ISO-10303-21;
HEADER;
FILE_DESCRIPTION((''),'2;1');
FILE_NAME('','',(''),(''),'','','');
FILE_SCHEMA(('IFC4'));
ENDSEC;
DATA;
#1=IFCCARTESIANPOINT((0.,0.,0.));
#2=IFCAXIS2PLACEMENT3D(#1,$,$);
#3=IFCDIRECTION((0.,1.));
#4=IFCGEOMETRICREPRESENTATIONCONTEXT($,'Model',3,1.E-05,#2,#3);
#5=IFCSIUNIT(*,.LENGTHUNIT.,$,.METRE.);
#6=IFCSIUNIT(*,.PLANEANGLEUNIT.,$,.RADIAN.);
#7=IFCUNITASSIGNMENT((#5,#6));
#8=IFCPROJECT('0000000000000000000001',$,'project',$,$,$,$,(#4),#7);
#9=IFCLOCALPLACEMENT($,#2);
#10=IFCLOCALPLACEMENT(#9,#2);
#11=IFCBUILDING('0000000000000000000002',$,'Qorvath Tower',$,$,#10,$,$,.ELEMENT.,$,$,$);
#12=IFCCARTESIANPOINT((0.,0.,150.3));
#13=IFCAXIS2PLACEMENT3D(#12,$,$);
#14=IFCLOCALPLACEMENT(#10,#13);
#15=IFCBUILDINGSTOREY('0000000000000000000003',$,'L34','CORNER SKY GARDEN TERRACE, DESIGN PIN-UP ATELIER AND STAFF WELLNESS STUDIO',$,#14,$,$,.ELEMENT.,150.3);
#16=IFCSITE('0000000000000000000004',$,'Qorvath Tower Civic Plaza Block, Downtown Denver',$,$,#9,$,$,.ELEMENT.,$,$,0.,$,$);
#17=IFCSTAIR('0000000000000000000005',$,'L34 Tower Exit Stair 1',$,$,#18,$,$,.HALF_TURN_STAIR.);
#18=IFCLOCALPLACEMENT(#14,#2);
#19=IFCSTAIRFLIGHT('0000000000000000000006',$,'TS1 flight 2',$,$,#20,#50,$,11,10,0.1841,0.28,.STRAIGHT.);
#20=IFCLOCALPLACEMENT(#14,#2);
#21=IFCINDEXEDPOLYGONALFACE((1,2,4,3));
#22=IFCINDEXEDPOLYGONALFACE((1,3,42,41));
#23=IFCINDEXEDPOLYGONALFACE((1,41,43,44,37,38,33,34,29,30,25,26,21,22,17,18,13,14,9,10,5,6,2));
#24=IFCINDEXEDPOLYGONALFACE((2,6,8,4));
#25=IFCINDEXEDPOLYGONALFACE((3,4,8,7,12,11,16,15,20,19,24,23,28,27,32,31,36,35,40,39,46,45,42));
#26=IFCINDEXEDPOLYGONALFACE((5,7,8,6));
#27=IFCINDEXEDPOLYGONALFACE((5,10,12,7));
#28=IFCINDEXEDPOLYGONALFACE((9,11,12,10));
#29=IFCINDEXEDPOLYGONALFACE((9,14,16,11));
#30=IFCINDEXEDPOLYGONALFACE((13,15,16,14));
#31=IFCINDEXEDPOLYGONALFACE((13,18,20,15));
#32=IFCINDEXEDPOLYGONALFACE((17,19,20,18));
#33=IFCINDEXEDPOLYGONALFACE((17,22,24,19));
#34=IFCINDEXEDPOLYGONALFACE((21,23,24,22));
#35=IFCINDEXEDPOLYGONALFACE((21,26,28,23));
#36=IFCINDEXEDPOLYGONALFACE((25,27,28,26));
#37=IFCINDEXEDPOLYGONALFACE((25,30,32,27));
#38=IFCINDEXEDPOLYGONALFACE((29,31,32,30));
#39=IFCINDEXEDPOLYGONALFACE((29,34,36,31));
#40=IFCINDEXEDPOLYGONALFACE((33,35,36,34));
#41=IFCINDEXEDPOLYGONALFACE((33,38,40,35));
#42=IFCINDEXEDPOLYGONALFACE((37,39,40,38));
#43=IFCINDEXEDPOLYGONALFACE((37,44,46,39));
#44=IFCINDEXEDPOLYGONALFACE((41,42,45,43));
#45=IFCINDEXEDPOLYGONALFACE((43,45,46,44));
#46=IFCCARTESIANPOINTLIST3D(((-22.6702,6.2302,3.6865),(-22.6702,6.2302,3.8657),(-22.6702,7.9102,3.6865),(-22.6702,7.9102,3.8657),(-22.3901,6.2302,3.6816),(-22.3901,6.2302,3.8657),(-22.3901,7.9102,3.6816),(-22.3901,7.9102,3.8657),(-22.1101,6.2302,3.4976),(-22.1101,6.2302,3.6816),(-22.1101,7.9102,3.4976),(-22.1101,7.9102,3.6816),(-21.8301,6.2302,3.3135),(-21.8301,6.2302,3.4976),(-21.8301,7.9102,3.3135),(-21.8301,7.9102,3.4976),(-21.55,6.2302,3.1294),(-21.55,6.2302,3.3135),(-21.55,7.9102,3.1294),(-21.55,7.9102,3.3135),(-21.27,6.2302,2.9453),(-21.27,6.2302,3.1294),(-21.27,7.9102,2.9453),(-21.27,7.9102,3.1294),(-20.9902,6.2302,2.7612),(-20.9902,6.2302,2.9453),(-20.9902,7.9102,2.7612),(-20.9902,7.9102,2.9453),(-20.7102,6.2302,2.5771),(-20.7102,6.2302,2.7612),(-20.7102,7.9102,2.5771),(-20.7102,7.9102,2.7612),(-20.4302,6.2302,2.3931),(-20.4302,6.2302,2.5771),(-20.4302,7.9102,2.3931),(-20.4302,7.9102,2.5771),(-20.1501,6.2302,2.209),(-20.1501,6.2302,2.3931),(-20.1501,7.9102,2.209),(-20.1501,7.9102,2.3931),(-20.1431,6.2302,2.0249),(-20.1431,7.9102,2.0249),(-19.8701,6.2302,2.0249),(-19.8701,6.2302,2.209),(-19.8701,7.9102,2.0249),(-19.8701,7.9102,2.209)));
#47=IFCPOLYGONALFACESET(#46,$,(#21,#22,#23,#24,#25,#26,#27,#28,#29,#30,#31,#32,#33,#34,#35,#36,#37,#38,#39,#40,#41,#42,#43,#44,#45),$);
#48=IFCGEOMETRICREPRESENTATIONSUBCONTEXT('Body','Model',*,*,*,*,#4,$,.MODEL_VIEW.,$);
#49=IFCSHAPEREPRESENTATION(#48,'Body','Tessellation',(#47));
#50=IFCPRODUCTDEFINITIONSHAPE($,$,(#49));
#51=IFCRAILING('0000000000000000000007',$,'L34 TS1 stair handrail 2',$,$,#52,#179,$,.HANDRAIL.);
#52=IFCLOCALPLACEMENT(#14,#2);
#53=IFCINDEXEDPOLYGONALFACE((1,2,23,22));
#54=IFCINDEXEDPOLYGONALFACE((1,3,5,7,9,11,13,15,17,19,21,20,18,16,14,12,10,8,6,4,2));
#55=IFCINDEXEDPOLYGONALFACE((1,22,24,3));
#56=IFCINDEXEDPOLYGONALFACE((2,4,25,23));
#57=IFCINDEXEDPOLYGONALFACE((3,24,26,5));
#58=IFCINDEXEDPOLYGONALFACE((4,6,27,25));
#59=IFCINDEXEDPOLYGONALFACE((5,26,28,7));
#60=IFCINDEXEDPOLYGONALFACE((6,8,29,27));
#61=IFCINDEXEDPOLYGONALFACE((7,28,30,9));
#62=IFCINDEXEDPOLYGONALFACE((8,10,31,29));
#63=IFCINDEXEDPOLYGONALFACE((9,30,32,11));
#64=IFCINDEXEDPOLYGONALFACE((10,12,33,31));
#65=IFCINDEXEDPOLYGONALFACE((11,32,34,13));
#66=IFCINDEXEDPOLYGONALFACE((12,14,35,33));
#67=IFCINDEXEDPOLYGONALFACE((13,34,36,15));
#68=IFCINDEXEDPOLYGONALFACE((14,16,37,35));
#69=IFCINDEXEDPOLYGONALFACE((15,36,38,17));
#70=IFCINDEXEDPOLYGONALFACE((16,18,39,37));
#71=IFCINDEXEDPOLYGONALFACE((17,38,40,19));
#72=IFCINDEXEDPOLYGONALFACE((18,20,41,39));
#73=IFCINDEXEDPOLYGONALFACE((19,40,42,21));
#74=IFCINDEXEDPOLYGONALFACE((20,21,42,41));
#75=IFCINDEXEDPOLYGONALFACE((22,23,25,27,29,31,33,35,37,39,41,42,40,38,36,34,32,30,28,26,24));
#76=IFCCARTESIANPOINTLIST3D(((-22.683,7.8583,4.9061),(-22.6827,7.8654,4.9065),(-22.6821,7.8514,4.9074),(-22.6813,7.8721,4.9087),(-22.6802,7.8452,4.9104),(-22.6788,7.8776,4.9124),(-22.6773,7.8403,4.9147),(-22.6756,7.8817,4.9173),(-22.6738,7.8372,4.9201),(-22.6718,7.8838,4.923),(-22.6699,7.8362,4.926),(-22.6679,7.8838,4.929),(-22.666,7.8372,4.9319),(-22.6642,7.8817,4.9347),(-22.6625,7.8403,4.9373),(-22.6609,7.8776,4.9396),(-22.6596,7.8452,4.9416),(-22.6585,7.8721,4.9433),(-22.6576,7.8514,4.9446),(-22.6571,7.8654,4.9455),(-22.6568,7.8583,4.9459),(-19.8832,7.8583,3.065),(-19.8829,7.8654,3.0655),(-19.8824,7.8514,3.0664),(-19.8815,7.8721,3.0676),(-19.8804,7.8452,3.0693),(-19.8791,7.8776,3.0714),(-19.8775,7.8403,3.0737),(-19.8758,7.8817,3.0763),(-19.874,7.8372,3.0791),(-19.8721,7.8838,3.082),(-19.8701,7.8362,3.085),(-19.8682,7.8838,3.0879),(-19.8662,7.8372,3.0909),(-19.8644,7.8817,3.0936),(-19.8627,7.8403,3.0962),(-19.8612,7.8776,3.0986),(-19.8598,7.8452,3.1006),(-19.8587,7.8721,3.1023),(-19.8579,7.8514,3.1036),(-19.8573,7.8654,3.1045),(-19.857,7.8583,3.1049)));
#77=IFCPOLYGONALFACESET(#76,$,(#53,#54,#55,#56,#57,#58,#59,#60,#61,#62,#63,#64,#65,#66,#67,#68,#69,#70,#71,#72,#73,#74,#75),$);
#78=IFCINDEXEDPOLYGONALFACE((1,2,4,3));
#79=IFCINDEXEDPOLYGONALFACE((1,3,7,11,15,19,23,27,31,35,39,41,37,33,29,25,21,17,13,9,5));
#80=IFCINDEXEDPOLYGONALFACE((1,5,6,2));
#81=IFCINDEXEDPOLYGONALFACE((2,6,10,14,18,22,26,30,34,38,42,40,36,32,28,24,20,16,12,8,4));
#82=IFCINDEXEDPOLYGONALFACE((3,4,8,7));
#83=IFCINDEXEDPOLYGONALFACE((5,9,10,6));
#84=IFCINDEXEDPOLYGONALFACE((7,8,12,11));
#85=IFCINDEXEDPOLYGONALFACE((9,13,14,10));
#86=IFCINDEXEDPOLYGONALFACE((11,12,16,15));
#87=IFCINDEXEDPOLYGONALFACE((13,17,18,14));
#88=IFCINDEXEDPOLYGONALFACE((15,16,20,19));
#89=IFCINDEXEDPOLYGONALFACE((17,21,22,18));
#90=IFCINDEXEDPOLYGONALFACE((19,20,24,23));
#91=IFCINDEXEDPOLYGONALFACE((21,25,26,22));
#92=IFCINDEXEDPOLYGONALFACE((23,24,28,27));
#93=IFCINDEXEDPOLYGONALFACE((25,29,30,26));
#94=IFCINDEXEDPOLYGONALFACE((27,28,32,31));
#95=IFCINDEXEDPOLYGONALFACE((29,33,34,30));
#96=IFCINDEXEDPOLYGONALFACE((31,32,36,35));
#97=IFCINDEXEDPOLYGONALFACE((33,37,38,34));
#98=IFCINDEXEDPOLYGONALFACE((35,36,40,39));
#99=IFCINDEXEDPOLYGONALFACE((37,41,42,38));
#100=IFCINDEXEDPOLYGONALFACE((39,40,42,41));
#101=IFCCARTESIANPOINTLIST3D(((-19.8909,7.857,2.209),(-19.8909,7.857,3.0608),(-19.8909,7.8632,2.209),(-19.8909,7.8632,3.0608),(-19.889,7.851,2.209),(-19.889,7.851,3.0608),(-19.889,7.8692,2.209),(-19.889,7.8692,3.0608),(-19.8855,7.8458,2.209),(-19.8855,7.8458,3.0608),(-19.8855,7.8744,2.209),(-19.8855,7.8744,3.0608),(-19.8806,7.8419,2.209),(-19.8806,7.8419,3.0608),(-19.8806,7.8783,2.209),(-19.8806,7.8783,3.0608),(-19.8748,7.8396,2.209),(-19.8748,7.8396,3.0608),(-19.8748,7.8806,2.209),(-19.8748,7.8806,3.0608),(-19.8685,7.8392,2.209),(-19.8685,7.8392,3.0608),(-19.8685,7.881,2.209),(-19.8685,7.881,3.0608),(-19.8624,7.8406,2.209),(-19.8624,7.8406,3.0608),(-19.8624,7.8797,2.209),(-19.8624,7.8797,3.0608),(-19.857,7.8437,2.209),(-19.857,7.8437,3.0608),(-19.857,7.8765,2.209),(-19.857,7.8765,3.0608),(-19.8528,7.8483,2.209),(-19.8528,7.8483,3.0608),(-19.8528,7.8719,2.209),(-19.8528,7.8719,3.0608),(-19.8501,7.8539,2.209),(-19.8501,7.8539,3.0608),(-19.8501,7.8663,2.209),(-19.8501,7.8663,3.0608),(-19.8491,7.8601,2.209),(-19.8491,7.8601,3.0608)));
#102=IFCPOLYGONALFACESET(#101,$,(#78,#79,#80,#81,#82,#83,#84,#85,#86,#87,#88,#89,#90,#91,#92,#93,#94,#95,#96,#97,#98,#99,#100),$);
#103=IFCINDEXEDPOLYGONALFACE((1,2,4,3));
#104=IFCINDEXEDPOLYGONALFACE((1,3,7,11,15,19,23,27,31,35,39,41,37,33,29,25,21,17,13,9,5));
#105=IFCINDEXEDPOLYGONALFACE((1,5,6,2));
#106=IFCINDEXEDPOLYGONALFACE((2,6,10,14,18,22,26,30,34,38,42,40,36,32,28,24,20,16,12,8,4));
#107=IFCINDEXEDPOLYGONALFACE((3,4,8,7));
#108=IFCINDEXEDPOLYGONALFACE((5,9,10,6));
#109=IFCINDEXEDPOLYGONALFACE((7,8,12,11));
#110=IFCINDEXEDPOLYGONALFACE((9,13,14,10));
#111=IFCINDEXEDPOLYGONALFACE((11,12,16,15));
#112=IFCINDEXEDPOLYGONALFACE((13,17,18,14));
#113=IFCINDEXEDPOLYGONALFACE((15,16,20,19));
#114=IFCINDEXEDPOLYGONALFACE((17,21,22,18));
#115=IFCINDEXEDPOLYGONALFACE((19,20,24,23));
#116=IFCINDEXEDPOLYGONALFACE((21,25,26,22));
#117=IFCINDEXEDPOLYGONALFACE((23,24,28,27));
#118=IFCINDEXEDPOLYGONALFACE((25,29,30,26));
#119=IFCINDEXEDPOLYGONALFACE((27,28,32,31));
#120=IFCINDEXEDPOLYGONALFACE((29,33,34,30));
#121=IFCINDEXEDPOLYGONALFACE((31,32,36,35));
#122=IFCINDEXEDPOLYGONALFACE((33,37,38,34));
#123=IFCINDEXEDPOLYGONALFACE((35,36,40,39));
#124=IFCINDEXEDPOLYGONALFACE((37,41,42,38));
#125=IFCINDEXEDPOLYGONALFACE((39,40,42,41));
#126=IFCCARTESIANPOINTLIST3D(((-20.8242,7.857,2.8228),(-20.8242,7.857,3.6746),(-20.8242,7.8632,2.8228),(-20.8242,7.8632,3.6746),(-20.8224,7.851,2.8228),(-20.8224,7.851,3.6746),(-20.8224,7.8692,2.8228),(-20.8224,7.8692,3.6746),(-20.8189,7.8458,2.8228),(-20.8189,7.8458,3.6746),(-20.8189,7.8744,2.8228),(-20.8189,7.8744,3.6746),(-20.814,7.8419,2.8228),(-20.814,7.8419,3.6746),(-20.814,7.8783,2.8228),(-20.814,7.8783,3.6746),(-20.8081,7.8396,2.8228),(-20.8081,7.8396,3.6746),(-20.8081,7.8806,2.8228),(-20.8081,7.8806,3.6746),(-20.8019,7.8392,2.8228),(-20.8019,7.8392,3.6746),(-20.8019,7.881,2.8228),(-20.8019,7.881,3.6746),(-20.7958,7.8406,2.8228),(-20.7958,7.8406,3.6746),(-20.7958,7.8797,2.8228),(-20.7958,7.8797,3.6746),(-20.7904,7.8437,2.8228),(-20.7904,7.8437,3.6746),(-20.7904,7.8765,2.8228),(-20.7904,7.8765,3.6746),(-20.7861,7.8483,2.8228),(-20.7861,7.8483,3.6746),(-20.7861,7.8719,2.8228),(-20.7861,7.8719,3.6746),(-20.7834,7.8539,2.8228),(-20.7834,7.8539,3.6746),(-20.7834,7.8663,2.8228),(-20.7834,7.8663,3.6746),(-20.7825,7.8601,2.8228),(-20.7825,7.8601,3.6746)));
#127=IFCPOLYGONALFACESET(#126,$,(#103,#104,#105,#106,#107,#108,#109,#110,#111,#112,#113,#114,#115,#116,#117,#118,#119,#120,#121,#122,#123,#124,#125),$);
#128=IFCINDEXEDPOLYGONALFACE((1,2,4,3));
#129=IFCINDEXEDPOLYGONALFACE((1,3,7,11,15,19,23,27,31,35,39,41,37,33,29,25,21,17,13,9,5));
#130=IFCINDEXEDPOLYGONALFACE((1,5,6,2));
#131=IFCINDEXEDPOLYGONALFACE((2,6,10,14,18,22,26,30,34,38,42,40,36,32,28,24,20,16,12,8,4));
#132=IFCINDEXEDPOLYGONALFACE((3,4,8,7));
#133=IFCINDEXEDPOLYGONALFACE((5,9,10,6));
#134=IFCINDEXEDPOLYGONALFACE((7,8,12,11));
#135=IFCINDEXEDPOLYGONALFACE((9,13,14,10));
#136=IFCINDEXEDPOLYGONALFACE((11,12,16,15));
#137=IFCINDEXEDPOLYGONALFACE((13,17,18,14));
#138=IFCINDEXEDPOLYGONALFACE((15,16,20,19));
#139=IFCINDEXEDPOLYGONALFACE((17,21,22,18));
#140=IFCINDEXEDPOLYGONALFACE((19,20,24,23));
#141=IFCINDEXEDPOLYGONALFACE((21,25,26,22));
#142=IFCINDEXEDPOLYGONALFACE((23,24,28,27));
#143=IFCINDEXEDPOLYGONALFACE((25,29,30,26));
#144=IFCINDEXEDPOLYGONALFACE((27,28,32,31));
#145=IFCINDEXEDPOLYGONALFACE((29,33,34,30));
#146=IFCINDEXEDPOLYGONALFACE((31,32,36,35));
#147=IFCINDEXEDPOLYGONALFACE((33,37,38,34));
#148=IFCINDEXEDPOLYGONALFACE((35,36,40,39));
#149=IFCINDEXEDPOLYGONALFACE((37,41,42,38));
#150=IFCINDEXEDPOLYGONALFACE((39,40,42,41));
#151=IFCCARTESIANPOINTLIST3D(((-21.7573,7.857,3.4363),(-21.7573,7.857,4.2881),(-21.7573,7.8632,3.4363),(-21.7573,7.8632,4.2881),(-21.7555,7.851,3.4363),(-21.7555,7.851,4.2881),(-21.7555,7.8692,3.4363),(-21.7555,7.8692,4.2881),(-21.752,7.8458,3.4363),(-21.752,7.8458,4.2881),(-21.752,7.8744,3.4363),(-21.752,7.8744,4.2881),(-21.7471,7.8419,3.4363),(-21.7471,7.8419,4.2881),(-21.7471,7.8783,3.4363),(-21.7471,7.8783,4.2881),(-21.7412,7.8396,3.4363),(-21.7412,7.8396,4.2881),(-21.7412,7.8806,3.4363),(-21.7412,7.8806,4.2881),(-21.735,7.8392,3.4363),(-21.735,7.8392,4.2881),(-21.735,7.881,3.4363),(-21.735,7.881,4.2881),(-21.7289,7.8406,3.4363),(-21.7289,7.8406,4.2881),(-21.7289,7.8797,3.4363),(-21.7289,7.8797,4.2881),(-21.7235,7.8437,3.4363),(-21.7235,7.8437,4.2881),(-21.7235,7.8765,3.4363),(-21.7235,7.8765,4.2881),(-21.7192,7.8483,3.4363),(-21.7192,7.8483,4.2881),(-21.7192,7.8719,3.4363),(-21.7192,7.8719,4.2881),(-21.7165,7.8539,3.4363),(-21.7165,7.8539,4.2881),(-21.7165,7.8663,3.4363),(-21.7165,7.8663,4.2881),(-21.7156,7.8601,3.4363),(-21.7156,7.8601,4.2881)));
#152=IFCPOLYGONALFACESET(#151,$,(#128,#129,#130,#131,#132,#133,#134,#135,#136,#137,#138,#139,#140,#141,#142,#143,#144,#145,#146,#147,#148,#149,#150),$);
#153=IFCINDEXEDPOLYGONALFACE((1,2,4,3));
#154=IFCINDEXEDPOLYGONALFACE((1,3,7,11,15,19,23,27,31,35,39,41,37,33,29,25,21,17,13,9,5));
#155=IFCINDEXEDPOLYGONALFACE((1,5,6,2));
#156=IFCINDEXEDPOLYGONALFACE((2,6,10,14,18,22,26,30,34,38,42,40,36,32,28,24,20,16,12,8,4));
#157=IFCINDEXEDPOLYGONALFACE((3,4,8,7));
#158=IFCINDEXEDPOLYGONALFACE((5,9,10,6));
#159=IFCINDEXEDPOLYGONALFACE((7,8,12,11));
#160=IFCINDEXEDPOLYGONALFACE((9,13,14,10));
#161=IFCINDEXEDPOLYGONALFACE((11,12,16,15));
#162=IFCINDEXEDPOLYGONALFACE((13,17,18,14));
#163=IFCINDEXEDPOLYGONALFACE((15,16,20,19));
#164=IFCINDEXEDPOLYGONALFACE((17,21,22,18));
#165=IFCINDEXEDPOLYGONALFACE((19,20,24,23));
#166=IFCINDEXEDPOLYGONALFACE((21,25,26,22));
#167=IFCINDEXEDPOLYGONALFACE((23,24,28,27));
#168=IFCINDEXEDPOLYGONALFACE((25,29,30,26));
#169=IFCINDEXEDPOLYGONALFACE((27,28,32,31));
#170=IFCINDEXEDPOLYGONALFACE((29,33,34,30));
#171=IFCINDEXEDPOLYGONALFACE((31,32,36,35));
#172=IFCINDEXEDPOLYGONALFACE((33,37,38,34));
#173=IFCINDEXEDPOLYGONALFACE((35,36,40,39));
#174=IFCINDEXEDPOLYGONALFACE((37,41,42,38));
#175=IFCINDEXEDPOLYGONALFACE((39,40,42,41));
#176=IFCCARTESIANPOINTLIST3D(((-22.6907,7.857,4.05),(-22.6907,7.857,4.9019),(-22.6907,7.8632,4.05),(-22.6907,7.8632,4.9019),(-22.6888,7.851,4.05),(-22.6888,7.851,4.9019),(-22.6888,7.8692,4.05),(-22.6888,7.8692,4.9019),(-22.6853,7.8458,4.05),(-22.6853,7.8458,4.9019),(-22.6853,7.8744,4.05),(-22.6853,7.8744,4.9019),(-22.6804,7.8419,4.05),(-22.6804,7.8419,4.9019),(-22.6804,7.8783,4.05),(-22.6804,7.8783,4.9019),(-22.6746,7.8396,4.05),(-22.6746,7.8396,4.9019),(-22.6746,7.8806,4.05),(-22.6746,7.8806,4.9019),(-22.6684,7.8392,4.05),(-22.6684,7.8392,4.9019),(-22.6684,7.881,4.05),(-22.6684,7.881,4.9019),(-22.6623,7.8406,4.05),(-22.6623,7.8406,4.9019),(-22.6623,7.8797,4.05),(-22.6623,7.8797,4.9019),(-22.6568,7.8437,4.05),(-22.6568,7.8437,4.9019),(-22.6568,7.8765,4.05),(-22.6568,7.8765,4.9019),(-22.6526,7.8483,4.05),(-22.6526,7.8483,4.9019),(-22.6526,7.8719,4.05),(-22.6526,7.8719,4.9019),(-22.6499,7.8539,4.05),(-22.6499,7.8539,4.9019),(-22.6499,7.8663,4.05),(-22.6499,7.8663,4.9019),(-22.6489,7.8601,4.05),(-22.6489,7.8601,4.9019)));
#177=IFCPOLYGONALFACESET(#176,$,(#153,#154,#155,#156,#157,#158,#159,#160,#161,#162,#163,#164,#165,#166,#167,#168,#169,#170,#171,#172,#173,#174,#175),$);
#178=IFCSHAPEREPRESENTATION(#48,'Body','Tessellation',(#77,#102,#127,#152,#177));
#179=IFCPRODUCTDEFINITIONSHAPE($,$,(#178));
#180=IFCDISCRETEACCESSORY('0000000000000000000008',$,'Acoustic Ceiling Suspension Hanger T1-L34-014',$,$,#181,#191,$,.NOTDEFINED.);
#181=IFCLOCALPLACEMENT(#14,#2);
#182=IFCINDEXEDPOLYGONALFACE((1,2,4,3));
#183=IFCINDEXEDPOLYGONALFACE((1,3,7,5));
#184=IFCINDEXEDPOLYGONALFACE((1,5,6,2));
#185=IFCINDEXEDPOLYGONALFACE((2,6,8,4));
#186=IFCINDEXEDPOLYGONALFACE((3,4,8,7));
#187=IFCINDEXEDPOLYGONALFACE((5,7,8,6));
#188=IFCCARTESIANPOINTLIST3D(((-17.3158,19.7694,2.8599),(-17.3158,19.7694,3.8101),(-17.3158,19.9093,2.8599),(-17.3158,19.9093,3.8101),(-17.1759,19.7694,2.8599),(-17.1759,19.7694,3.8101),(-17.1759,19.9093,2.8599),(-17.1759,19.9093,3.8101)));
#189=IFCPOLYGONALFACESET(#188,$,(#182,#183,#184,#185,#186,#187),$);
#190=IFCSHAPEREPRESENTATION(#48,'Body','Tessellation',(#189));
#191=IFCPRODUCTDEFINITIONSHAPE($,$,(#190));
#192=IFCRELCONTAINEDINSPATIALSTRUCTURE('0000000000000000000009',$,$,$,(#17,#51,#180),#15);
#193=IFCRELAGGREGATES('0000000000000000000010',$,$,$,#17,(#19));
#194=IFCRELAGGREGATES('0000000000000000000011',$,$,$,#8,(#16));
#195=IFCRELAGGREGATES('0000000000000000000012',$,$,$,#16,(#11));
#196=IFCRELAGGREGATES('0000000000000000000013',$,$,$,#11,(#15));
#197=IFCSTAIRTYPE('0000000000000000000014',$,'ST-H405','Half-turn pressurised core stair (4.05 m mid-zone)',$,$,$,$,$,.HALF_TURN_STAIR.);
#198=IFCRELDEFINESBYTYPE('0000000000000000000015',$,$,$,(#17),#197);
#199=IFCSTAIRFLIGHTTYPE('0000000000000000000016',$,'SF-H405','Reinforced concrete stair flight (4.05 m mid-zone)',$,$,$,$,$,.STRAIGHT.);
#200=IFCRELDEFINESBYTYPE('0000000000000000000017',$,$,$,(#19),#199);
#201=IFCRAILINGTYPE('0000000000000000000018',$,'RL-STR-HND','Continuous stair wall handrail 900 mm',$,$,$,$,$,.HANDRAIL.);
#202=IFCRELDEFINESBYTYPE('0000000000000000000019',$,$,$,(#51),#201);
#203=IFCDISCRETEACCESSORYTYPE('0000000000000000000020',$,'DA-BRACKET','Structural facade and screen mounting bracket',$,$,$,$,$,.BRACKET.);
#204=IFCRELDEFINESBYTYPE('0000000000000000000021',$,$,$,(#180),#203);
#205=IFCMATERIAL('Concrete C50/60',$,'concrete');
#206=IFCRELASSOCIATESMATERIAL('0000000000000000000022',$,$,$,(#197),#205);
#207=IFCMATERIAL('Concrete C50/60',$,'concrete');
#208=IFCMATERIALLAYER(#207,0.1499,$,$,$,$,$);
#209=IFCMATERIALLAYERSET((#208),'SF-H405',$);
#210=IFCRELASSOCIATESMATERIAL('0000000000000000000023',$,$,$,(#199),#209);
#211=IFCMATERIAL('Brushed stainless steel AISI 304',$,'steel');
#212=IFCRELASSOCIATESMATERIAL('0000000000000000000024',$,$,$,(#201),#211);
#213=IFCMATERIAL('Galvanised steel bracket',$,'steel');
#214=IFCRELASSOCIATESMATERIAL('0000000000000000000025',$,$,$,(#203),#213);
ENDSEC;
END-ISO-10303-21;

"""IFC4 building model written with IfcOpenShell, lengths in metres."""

from ifc_helpers import new_model, si_unit, direction, frame, origin, origin_2d, place, context, subcontext, project, spatial, polyline, rectangle, circle, outline, extrude, material, layer, layer_set, type_object, element, aggregate, save


model = new_model("IFC4")

# Units and contexts
model_context = context("Model", 3, precision=1e-05, world=origin(), true_north=direction((0.0, 1.0)))
body_context = subcontext(model_context, "Body", "Model", "MODEL_VIEW")
ifc_project = project(units=[si_unit("LENGTHUNIT", "METRE"), si_unit("PLANEANGLEUNIT", "RADIAN")], contexts=[model_context])

# Site, building, storey
site_placement = place(None, origin())
site = spatial("IfcSite", under=ifc_project, at=site_placement, Name="Qorvath Tower Civic Plaza Block, Downtown Denver", CompositionType="ELEMENT", RefElevation=0.0)
building_placement = place(site_placement, origin())
building = spatial("IfcBuilding", under=site, at=building_placement, Name="Qorvath Tower", CompositionType="ELEMENT")
storey_placement = place(building_placement, frame((0.0, 0.0, 150.3)))
storey = spatial("IfcBuildingStorey", under=building, at=storey_placement, Name="L34", Description="CORNER SKY GARDEN TERRACE, DESIGN PIN-UP ATELIER AND STAFF WELLNESS STUDIO", CompositionType="ELEMENT", Elevation=150.3)

# Stair, stair flight
ifc_material_1 = material(Name="Concrete C50/60", Category="concrete")
stair_type = type_object("IfcStairType", Name="ST-H405", Description="Half-turn pressurised core stair (4.05 m mid-zone)", PredefinedType="HALF_TURN_STAIR", material=ifc_material_1)
stair_placement = place(storey_placement, origin())
stair = element("IfcStair", 1, at=stair_placement, inside=storey, type_object=stair_type, Name="L34 Tower Exit Stair 1", PredefinedType="HALF_TURN_STAIR")
ifc_material_2 = material(Name="Concrete C50/60", Category="concrete")
ifc_layer_1 = layer(ifc_material_2, 0.1499)
ifc_layer_set_1 = layer_set([ifc_layer_1], Name="SF-H405")
stair_flight_type = type_object("IfcStairFlightType", Name="SF-H405", Description="Reinforced concrete stair flight (4.05 m mid-zone)", PredefinedType="STRAIGHT", material=ifc_layer_set_1)
stair_flight_placement = place(storey_placement, frame((-19.8701, 7.0701, 2.0249), z_axis=(0.0, 0.0, 1.0), x_axis=(-1.0, 0.0, 0.0)))
stair_flight = element("IfcStairFlight", 2, at=stair_flight_placement, type_object=stair_flight_type, Name="TS1 flight 2", NumberOfRisers=11, NumberOfTreads=10, PredefinedType="STRAIGHT", RiserHeight=0.1841, TreadLength=0.28, context=body_context, shape_type="SweptSolid", body=[
    extrude(outline(polyline([(0.0, 0.0), (0.0, 0.1841), (0.28, 0.1841), (0.28, 0.3682), (0.5601, 0.3682), (0.5601, 0.5522), (0.8401, 0.5522), (0.8401, 0.7363), (1.1201, 0.7363), (1.1201, 0.9204), (1.3999, 0.9204), (1.3999, 1.1045), (1.6799, 1.1045), (1.6799, 1.2886), (1.96, 1.2886), (1.96, 1.4727), (2.24, 1.4727), (2.24, 1.6567), (2.52, 1.6567), (2.52, 1.8408), (2.8, 1.8408), (2.8, 2.0249), (2.8, 1.6616), (0.2729, 0.0), (0.0, 0.0)])), frame((0.0, 0.8398, 0.0), z_axis=(0.0, -1.0, 0.0), x_axis=(1.0, 0.0, 0.0)), (0.0, 0.0, 1.0), 1.6799),
])
aggregate(stair, [stair_flight])

# Railing
ifc_material_3 = material(Name="Brushed stainless steel AISI 304", Category="steel")
railing_type = type_object("IfcRailingType", Name="RL-STR-HND", Description="Continuous stair wall handrail 900 mm", PredefinedType="HANDRAIL", material=ifc_material_3)
railing_placement = place(storey_placement, frame((-19.8701, 7.8601, 2.209)))
element("IfcRailing", 3, at=railing_placement, inside=storey, type_object=railing_type, Name="L34 TS1 stair handrail 2", PredefinedType="HANDRAIL", context=body_context, shape_type="SweptSolid", body=[
    extrude(circle(Radius=0.0239, at=origin_2d()), frame((0.0, 0.0, 0.876), z_axis=(-0.835542, 0.0, 0.549426), x_axis=(0.0, -1.0, 0.0)), (0.0, 0.0, 1.0), 3.3508),
    extrude(circle(Radius=0.021, at=origin_2d()), origin(), (0.0, 0.0, 1.0), 0.8518),
    extrude(circle(Radius=0.021, at=origin_2d()), frame((-0.9333, 0.0, 0.6138)), (0.0, 0.0, 1.0), 0.8518),
    extrude(circle(Radius=0.021, at=origin_2d()), frame((-1.8665, 0.0, 1.2273)), (0.0, 0.0, 1.0), 0.8518),
    extrude(circle(Radius=0.021, at=origin_2d()), frame((-2.7998, 0.0, 1.8411)), (0.0, 0.0, 1.0), 0.8518),
])

# Discrete accessory
ifc_material_4 = material(Name="Galvanised steel bracket", Category="steel")
discrete_accessory_type = type_object("IfcDiscreteAccessoryType", Name="DA-BRACKET", Description="Structural facade and screen mounting bracket", PredefinedType="BRACKET", material=ifc_material_4)
discrete_accessory_placement = place(storey_placement, frame((-17.2458, 19.8394, 2.8599), z_axis=(0.0, 0.0, 1.0), x_axis=(1.0, 0.0, 0.0)))
element("IfcDiscreteAccessory", 4, at=discrete_accessory_placement, inside=storey, type_object=discrete_accessory_type, Name="Acoustic Ceiling Suspension Hanger T1-L34-014", PredefinedType="NOTDEFINED", context=body_context, shape_type="SweptSolid", body=[
    extrude(rectangle(XDim=0.1399, YDim=0.1399, at=origin_2d()), origin(), (0.0, 0.0, 1.0), 0.9502),
])

save(model, "model.ifc")
